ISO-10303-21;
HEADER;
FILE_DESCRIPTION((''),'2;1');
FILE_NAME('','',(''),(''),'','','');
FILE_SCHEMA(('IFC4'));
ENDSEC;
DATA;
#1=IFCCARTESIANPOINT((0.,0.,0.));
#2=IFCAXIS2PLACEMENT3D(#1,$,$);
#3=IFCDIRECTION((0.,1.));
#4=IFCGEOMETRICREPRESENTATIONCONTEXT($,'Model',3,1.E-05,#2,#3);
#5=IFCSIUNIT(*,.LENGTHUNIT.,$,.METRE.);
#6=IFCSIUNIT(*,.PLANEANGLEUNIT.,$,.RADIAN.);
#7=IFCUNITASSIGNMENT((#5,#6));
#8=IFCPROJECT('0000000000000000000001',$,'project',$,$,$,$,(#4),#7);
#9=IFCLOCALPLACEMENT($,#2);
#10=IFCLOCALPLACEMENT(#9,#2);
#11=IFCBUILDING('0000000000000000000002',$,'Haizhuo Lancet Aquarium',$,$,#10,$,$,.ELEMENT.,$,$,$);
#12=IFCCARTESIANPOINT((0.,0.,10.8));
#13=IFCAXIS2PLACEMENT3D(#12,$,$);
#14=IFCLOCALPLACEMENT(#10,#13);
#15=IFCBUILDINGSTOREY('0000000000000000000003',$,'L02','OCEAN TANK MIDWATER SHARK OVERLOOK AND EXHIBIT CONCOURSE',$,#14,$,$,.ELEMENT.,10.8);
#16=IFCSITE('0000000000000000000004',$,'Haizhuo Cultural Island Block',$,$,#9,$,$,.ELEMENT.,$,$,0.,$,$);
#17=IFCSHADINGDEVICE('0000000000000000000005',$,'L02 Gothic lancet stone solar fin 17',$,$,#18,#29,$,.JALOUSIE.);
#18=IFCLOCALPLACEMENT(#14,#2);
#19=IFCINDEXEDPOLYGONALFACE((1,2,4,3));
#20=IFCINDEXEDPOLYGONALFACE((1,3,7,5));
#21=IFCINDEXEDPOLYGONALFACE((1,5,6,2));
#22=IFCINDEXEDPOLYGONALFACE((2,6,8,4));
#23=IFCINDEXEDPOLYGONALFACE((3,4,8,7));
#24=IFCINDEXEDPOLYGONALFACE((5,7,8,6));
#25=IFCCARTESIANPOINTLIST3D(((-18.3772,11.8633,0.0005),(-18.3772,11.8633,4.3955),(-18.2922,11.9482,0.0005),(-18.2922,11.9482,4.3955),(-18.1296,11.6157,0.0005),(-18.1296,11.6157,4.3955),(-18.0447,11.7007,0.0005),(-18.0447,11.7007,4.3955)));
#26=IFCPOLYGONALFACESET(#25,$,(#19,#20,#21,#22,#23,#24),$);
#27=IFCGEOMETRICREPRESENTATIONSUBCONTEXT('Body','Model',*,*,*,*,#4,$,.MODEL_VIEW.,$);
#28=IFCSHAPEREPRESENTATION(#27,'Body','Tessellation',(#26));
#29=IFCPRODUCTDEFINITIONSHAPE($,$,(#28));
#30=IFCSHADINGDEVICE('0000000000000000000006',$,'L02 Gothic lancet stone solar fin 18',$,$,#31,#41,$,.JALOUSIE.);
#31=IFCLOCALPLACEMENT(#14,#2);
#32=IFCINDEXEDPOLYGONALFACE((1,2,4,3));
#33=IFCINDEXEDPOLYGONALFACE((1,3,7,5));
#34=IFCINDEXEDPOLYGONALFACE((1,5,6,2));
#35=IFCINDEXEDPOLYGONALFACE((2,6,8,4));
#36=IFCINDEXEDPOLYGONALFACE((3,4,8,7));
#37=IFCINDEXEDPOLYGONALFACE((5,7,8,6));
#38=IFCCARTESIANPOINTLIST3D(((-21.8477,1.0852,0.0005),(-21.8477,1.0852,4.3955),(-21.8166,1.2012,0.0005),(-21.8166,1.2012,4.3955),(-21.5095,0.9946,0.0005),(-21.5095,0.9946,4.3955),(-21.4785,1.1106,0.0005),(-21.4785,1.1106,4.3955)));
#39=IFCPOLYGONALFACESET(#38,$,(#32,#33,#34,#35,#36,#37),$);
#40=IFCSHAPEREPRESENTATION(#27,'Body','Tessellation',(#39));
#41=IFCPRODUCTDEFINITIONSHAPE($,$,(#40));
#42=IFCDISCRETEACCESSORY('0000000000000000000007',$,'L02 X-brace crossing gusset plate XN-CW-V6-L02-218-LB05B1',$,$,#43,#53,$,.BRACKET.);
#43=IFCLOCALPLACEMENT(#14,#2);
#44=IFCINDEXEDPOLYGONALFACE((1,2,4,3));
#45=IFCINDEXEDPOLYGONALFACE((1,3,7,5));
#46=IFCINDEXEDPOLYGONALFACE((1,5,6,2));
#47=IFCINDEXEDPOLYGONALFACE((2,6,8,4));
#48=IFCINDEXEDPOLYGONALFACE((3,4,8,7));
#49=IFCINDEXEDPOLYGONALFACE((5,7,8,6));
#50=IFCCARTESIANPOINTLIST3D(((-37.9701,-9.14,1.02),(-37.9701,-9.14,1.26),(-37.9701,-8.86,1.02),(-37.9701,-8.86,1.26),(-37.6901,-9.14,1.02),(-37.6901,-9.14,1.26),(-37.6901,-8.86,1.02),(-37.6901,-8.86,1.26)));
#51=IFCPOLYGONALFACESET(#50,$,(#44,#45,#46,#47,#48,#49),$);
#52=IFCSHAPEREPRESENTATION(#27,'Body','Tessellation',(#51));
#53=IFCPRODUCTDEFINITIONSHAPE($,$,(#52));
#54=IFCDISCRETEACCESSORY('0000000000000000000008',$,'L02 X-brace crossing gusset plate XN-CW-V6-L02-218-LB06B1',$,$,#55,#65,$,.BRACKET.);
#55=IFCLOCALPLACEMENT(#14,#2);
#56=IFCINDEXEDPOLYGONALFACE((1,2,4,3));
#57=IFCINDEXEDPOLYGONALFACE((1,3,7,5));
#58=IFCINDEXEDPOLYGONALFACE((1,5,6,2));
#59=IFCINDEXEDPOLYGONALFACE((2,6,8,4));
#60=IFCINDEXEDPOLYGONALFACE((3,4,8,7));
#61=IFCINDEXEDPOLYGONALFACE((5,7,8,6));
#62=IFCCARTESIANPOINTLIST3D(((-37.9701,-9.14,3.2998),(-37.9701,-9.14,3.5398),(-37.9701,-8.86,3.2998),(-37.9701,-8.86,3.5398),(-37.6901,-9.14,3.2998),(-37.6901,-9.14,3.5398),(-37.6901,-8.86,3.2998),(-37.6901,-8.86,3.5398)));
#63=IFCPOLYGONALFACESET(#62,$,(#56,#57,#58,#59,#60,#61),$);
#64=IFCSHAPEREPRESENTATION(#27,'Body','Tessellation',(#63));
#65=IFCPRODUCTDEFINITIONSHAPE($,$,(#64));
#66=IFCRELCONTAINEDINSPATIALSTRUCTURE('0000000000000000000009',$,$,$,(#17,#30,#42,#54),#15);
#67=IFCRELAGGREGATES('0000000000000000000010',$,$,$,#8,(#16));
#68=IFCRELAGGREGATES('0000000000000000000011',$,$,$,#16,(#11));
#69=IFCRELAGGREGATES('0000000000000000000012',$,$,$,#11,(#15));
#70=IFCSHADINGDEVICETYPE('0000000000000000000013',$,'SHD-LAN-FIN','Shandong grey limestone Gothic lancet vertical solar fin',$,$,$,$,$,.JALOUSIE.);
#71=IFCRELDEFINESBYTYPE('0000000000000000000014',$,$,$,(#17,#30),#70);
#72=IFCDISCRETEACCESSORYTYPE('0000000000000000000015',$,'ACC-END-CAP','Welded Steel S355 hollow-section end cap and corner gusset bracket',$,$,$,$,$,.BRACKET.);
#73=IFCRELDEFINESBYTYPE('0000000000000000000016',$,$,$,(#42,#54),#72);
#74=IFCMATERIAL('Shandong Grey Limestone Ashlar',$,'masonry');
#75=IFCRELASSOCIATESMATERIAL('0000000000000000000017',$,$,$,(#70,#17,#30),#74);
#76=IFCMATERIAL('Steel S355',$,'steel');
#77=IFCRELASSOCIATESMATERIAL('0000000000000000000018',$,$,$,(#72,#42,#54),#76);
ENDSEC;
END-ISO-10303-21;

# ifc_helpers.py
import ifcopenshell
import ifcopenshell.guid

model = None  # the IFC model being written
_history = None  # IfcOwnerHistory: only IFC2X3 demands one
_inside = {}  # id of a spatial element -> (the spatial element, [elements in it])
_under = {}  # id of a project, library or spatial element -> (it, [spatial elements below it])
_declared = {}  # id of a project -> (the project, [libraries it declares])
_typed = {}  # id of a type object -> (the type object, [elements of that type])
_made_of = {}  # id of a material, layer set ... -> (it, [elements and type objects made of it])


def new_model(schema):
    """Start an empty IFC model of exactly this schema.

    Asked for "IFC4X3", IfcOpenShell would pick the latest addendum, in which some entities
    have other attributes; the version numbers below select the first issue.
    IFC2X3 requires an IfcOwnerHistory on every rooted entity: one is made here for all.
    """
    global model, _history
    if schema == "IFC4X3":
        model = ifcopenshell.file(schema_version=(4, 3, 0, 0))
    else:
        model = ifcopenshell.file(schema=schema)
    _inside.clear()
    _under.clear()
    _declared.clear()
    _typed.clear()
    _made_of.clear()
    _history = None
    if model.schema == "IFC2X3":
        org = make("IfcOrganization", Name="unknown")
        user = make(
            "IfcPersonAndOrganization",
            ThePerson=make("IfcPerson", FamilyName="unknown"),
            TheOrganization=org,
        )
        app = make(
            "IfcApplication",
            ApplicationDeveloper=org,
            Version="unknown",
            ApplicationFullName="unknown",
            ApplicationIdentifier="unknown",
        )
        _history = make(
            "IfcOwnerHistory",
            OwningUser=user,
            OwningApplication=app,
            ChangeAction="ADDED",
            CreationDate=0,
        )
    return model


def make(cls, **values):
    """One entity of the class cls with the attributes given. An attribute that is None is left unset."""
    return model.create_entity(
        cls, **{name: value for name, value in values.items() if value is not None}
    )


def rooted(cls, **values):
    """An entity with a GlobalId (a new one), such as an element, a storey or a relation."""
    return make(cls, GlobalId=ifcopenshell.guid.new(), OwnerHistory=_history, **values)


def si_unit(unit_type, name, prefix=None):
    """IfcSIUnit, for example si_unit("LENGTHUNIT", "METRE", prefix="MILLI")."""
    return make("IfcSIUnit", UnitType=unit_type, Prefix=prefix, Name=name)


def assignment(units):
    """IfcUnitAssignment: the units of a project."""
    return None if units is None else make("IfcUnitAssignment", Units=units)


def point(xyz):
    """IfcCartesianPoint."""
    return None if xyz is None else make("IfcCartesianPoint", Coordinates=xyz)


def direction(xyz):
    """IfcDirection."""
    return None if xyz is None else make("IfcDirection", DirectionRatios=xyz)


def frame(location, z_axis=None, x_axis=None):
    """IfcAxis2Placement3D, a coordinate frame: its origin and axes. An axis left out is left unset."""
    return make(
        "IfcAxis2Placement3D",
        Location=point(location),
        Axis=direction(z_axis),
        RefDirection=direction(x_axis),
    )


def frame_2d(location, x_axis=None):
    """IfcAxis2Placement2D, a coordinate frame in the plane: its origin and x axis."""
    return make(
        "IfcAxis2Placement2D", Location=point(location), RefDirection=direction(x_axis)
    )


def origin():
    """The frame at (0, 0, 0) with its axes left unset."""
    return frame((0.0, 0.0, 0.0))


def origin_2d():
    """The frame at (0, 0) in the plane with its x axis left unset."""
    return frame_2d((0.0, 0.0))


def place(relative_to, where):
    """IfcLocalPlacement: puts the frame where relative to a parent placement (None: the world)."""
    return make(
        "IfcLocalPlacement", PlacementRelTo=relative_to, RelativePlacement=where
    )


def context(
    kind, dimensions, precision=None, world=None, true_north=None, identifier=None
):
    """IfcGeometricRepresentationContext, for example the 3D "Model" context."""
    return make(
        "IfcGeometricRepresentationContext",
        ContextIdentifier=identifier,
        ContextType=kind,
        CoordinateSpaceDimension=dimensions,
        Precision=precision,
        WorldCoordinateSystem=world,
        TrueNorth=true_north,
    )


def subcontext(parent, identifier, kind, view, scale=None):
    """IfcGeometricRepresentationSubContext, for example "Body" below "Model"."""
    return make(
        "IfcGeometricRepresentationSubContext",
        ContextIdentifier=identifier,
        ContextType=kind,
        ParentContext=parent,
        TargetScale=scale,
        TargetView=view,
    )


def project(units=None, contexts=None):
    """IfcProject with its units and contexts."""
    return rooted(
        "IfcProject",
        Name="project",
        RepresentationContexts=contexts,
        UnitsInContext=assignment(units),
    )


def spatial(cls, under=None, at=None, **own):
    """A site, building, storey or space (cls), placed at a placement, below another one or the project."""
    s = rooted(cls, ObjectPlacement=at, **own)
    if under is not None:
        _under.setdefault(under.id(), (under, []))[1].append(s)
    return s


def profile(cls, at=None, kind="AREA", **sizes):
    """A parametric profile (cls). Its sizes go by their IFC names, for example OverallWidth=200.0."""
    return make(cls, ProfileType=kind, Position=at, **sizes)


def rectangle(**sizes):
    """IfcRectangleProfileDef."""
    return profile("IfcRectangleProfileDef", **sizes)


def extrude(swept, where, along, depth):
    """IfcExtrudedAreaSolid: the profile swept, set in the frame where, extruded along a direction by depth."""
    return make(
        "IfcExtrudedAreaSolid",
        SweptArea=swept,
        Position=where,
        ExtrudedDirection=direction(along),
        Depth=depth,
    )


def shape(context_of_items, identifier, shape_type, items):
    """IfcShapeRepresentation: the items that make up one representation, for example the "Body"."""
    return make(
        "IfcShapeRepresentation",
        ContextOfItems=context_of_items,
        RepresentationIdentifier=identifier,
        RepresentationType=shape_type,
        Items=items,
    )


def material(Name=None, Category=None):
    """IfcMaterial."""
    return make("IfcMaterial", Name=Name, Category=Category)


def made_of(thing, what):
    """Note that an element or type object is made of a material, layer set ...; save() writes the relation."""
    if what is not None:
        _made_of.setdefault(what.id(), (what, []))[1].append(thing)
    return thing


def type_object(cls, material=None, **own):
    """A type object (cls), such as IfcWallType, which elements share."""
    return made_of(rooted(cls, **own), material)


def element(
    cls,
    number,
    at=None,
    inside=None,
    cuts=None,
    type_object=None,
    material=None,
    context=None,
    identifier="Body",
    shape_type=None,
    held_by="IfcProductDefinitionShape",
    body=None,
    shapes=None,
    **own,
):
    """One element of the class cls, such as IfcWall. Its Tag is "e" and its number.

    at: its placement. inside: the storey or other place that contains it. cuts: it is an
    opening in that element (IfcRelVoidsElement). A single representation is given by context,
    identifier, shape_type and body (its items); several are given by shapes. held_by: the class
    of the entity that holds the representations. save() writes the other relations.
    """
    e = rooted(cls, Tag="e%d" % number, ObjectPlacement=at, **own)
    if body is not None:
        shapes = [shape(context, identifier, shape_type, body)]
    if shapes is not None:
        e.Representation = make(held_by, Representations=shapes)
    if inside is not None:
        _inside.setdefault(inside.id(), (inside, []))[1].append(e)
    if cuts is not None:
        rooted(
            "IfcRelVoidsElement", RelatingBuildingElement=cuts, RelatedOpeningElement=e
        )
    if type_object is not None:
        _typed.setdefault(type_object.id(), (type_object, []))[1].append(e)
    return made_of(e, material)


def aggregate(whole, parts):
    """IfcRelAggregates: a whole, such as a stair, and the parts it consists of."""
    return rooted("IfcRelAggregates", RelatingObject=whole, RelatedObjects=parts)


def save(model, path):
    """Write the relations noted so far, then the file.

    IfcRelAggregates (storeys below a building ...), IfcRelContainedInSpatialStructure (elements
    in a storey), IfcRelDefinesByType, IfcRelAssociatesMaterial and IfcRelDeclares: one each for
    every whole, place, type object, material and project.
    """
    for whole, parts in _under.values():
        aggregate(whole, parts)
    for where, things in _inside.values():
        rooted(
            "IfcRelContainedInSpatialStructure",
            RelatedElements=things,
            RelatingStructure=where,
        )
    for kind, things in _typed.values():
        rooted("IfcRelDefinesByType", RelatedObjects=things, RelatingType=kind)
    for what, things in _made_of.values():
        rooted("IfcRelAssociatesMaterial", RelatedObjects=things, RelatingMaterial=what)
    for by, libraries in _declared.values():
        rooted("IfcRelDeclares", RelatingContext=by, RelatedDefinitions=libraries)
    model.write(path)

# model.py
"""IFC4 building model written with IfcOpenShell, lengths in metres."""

from ifc_helpers import new_model, si_unit, direction, frame, origin, origin_2d, place, context, subcontext, project, spatial, rectangle, extrude, material, type_object, element, save


model = new_model("IFC4")

# Units and contexts
model_context = context("Model", 3, precision=1e-05, world=origin(), true_north=direction((0.0, 1.0)))
body_context = subcontext(model_context, "Body", "Model", "MODEL_VIEW")
ifc_project = project(units=[si_unit("LENGTHUNIT", "METRE"), si_unit("PLANEANGLEUNIT", "RADIAN")], contexts=[model_context])

# Site, building, storey
site_placement = place(None, origin())
site = spatial("IfcSite", under=ifc_project, at=site_placement, Name="Haizhuo Cultural Island Block", CompositionType="ELEMENT", RefElevation=0.0)
building_placement = place(site_placement, origin())
building = spatial("IfcBuilding", under=site, at=building_placement, Name="Haizhuo Lancet Aquarium", CompositionType="ELEMENT")
storey_placement = place(building_placement, frame((0.0, 0.0, 10.8)))
storey = spatial("IfcBuildingStorey", under=building, at=storey_placement, Name="L02", Description="OCEAN TANK MIDWATER SHARK OVERLOOK AND EXHIBIT CONCOURSE", CompositionType="ELEMENT", Elevation=10.8)

# Shared definitions
ifc_material_1 = material(Name="Steel S355", Category="steel")

# Shared definitions
ifc_material_2 = material(Name="Shandong Grey Limestone Ashlar", Category="masonry")

# Shading devices
shading_device_type = type_object("IfcShadingDeviceType", Name="SHD-LAN-FIN", Description="Shandong grey limestone Gothic lancet vertical solar fin", PredefinedType="JALOUSIE", material=ifc_material_2)
for number, where, z_axis, x_axis, name in (
    (1, (-18.2109, 11.782, 0.0005), (0.0, 0.0, 1.0), (0.707107, 0.707107, 0.0), "L02 Gothic lancet stone solar fin 17"),
    (2, (-21.6631, 1.0979, 0.0005), (0.0, 0.0, 1.0), (0.258794, 0.965933, 0.0), "L02 Gothic lancet stone solar fin 18"),
):
    element("IfcShadingDevice", number, at=place(storey_placement, frame(where, z_axis=z_axis, x_axis=x_axis)), inside=storey, type_object=shading_device_type, material=ifc_material_2, Name=name, PredefinedType="JALOUSIE", context=body_context, shape_type="SweptSolid", body=[
        extrude(rectangle(XDim=0.1201, YDim=0.3501, at=origin_2d()), origin(), (0.0, 0.0, 1.0), 4.395),
    ])

# Discrete accessories
discrete_accessory_type = type_object("IfcDiscreteAccessoryType", Name="ACC-END-CAP", Description="Welded Steel S355 hollow-section end cap and corner gusset bracket", PredefinedType="BRACKET", material=ifc_material_1)
for number, where, z_axis, x_axis, name in (
    (3, (-37.8301, -9.0, 1.02), (0.0, 0.0, 1.0), (1.0, 0.0, 0.0), "L02 X-brace crossing gusset plate XN-CW-V6-L02-218-LB05B1"),
    (4, (-37.8301, -9.0, 3.2998), (0.0, 0.0, 1.0), (1.0, 0.0, 0.0), "L02 X-brace crossing gusset plate XN-CW-V6-L02-218-LB06B1"),
):
    element("IfcDiscreteAccessory", number, at=place(storey_placement, frame(where, z_axis=z_axis, x_axis=x_axis)), inside=storey, type_object=discrete_accessory_type, material=ifc_material_1, Name=name, PredefinedType="BRACKET", context=body_context, shape_type="SweptSolid", body=[
        extrude(rectangle(XDim=0.28, YDim=0.28, at=origin_2d()), origin(), (0.0, 0.0, 1.0), 0.24),
    ])

save(model, "model.ifc")
